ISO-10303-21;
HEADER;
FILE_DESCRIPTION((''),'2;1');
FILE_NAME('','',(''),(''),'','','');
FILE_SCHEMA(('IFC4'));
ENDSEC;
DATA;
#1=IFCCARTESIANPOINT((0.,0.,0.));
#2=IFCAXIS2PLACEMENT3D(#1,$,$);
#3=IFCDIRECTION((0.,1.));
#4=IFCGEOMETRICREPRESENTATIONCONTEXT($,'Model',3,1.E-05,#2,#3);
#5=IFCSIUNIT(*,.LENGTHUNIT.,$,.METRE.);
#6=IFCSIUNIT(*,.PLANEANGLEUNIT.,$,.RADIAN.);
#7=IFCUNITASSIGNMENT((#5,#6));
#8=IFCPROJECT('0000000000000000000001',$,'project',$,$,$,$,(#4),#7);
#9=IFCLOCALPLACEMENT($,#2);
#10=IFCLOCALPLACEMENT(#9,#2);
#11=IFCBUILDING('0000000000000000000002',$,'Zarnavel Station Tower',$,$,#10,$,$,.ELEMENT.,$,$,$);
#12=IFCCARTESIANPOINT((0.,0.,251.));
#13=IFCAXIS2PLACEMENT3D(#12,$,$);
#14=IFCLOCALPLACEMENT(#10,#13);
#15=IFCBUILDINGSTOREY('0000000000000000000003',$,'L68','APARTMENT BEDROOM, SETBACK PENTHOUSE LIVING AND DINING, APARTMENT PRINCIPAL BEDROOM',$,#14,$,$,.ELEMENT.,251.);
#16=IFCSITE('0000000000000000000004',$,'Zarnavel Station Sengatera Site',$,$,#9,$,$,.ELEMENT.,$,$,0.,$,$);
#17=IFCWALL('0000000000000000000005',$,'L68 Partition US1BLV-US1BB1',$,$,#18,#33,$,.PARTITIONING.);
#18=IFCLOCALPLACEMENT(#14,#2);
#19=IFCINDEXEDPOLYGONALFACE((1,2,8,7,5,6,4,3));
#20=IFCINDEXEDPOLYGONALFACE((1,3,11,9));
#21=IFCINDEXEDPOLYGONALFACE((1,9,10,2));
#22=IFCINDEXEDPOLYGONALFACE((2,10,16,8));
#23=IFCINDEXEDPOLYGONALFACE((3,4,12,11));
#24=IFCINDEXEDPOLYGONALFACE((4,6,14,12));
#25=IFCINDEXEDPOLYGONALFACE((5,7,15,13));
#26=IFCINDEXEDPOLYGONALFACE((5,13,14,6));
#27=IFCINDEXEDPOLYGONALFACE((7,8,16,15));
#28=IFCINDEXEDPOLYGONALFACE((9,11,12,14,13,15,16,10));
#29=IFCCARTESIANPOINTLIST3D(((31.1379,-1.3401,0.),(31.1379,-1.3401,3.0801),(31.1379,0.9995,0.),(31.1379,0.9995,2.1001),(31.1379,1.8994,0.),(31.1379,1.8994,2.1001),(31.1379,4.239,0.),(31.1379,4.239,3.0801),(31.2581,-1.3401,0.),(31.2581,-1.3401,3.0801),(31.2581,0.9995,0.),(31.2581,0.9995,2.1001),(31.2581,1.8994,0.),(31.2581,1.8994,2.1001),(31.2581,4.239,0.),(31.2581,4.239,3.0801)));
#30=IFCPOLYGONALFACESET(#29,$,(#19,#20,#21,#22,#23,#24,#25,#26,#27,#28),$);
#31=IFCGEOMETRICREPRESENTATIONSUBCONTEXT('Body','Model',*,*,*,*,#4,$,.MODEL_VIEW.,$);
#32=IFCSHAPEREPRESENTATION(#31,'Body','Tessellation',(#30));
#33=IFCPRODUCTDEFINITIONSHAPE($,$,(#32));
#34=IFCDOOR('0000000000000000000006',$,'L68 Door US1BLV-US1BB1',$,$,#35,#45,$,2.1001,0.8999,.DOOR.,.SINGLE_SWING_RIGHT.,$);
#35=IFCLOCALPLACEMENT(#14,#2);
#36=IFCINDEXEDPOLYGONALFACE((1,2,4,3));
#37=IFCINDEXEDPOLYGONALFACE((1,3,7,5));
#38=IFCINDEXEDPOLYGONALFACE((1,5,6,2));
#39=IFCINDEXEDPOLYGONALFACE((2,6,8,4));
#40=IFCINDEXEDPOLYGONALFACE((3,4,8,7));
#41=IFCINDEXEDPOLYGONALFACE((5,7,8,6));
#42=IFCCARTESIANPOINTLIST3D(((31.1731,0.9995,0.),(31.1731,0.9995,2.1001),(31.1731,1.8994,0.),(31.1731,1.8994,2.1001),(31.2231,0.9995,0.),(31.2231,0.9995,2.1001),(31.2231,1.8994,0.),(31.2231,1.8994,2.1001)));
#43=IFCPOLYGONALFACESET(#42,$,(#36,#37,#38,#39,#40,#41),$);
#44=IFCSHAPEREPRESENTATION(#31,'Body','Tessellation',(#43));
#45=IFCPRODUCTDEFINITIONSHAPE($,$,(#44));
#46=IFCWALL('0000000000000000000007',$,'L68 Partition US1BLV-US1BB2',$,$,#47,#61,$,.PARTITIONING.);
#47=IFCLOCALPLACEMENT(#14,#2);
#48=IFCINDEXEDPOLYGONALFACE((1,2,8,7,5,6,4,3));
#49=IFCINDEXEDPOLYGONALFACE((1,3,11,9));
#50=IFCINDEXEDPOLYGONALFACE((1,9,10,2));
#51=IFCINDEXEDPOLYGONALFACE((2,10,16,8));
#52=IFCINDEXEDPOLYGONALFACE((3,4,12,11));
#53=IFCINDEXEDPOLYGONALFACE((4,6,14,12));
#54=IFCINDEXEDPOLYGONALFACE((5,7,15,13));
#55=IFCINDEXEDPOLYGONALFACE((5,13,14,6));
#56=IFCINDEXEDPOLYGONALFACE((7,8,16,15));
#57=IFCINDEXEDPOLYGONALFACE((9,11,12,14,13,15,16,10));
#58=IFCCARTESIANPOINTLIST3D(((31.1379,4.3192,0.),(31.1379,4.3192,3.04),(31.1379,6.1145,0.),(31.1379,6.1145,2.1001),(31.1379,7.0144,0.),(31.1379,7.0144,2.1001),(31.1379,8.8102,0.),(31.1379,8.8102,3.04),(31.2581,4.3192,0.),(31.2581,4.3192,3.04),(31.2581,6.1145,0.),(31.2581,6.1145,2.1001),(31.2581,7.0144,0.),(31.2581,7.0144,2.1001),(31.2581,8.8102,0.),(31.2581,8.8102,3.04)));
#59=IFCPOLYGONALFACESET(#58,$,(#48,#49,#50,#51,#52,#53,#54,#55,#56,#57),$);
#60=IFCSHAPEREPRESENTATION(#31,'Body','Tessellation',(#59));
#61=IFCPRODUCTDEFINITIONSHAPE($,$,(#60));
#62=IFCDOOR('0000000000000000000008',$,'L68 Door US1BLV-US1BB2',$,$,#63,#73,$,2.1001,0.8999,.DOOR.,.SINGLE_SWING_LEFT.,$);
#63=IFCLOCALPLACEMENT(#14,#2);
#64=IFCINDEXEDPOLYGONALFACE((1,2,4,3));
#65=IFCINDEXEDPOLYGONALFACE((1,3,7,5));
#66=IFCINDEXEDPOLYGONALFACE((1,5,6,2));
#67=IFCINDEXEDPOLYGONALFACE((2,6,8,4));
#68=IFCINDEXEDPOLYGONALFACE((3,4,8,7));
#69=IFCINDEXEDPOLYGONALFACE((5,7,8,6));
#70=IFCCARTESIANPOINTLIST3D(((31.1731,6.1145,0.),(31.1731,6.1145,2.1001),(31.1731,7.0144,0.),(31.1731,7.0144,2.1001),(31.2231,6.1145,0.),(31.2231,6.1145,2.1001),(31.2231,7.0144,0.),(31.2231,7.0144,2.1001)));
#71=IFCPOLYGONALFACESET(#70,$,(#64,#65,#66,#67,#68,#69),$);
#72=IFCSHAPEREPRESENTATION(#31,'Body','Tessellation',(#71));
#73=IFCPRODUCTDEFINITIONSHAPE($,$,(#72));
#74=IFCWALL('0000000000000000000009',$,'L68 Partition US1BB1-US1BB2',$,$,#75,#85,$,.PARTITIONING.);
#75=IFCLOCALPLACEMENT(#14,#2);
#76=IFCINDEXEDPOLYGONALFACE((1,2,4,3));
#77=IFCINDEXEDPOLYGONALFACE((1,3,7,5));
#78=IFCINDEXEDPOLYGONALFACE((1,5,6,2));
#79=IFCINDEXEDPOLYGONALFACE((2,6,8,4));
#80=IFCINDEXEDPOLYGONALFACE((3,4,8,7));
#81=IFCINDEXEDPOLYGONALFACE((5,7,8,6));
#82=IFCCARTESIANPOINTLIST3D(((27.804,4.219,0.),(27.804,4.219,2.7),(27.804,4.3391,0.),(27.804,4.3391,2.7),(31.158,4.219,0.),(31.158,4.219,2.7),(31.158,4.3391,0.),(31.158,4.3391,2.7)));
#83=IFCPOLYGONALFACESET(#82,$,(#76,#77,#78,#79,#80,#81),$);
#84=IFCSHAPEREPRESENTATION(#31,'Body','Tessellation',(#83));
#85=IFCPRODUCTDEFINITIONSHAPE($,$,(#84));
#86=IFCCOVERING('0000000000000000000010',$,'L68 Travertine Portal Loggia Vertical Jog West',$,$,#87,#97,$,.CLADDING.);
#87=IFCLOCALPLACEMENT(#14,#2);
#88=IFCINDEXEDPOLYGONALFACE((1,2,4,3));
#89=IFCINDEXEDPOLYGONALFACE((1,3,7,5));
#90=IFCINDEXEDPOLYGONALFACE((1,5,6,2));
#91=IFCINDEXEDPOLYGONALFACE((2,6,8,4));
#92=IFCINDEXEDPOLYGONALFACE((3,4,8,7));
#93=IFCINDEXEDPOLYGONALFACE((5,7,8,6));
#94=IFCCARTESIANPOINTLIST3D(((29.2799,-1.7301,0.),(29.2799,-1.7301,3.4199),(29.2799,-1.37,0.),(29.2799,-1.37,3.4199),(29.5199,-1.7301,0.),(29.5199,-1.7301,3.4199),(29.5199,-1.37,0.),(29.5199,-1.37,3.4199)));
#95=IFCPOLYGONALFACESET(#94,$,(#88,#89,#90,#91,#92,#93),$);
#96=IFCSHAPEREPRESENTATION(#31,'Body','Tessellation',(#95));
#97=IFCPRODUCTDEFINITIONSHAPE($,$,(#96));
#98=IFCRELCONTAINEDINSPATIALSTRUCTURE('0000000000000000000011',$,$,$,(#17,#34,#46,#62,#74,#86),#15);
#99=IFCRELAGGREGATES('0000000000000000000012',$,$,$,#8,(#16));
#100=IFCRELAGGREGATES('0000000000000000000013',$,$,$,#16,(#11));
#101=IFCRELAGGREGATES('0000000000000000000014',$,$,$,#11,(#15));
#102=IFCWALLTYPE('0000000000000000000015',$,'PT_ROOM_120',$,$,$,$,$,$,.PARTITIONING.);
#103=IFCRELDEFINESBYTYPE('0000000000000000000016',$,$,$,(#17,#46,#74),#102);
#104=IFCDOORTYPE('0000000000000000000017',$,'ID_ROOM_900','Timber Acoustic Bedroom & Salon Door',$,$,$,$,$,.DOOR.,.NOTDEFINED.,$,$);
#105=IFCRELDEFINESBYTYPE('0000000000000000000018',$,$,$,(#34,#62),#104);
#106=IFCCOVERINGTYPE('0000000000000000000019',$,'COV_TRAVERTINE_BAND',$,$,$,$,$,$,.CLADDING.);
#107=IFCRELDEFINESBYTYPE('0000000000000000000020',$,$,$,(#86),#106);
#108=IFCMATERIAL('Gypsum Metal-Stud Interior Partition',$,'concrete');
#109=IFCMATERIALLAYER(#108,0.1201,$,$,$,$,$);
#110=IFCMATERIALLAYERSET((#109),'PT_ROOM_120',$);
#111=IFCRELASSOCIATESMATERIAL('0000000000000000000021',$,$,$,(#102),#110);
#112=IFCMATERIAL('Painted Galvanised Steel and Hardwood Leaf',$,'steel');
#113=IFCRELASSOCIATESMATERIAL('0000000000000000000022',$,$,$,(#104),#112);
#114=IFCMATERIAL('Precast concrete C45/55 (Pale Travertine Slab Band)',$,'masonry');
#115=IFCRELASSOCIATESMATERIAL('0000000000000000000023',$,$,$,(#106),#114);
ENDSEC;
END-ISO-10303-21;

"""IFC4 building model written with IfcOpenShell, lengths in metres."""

from ifc_helpers import new_model, si_unit, direction, frame, frame_2d, origin, origin_2d, place, context, subcontext, project, spatial, rectangle, extrude, material, layer, layer_set, type_object, element, fill, save


model = new_model("IFC4")

# Units and contexts
model_context = context("Model", 3, precision=1e-05, world=origin(), true_north=direction((0.0, 1.0)))
body_context = subcontext(model_context, "Body", "Model", "MODEL_VIEW")
ifc_project = project(units=[si_unit("LENGTHUNIT", "METRE"), si_unit("PLANEANGLEUNIT", "RADIAN")], contexts=[model_context])

# Site, building, storey
site_placement = place(None, origin())
site = spatial("IfcSite", under=ifc_project, at=site_placement, Name="Zarnavel Station Sengatera Site", CompositionType="ELEMENT", RefElevation=0.0)
building_placement = place(site_placement, origin())
building = spatial("IfcBuilding", under=site, at=building_placement, Name="Zarnavel Station Tower", CompositionType="ELEMENT")
storey_placement = place(building_placement, frame((0.0, 0.0, 251.0)))
storey = spatial("IfcBuildingStorey", under=building, at=storey_placement, Name="L68", Description="APARTMENT BEDROOM, SETBACK PENTHOUSE LIVING AND DINING, APARTMENT PRINCIPAL BEDROOM", CompositionType="ELEMENT", Elevation=251.0)

# Walls, openings, doors
ifc_material_1 = material(Name="Gypsum Metal-Stud Interior Partition", Category="concrete")
ifc_layer_1 = layer(ifc_material_1, 0.1201)
ifc_layer_set_1 = layer_set([ifc_layer_1], Name="PT_ROOM_120")
wall_type_1 = type_object("IfcWallType", Name="PT_ROOM_120", PredefinedType="PARTITIONING", material=ifc_layer_set_1)
wall_1_placement = place(storey_placement, frame((31.198, -1.3401, 0.0), z_axis=(0.0, 0.0, 1.0), x_axis=(0.0, 1.0, 0.0)))
wall_1 = element("IfcWall", 1, at=wall_1_placement, inside=storey, type_object=wall_type_1, Name="L68 Partition US1BLV-US1BB1", PredefinedType="PARTITIONING", context=body_context, shape_type="SweptSolid", body=[
    extrude(rectangle(XDim=5.5791, YDim=0.1201, at=frame_2d((2.7896, 0.0))), origin(), (0.0, 0.0, 1.0), 3.0801),
])
opening_1_placement = place(wall_1_placement, frame((2.3396, 0.0, 0.0)))
opening_1 = element("IfcOpeningElement", 2, at=opening_1_placement, cuts=wall_1, PredefinedType="OPENING", context=body_context, shape_type="SweptSolid", body=[
    extrude(rectangle(XDim=0.8999, YDim=2.1001, at=frame_2d((0.45, 1.05))), frame((0.0, 0.0701, 0.0), z_axis=(0.0, -1.0, 0.0), x_axis=(1.0, 0.0, 0.0)), (0.0, 0.0, 1.0), 0.1401),
])
ifc_material_2 = material(Name="Painted Galvanised Steel and Hardwood Leaf", Category="steel")
door_type_1 = type_object("IfcDoorType", Name="ID_ROOM_900", Description="Timber Acoustic Bedroom & Salon Door", OperationType="NOTDEFINED", PredefinedType="DOOR", material=ifc_material_2)
door_1_placement = place(opening_1_placement, origin())
door_1 = element("IfcDoor", 3, at=door_1_placement, inside=storey, type_object=door_type_1, Name="L68 Door US1BLV-US1BB1", OperationType="SINGLE_SWING_RIGHT", OverallHeight=2.1001, OverallWidth=0.8999, PredefinedType="DOOR", context=body_context, shape_type="SweptSolid", body=[
    extrude(rectangle(XDim=0.8999, YDim=2.1001, at=frame_2d((0.45, 1.05))), frame((0.0, 0.0249, 0.0), z_axis=(0.0, -1.0, 0.0), x_axis=(1.0, 0.0, 0.0)), (0.0, 0.0, 1.0), 0.05),
])
fill(opening_1, door_1)
wall_2_placement = place(storey_placement, frame((31.198, 4.3191, 0.0), z_axis=(0.0, 0.0, 1.0), x_axis=(0.0, 1.0, 0.0)))
wall_2 = element("IfcWall", 4, at=wall_2_placement, inside=storey, type_object=wall_type_1, Name="L68 Partition US1BLV-US1BB2", PredefinedType="PARTITIONING", context=body_context, shape_type="SweptSolid", body=[
    extrude(rectangle(XDim=4.491, YDim=0.1201, at=frame_2d((2.2456, 0.0))), origin(), (0.0, 0.0, 1.0), 3.04),
])
opening_2_placement = place(wall_2_placement, frame((1.7954, 0.0, 0.0)))
opening_2 = element("IfcOpeningElement", 5, at=opening_2_placement, cuts=wall_2, PredefinedType="OPENING", context=body_context, shape_type="SweptSolid", body=[
    extrude(rectangle(XDim=0.8999, YDim=2.1001, at=frame_2d((0.45, 1.05))), frame((0.0, 0.0701, 0.0), z_axis=(0.0, -1.0, 0.0), x_axis=(1.0, 0.0, 0.0)), (0.0, 0.0, 1.0), 0.1401),
])
door_2_placement = place(opening_2_placement, origin())
door_2 = element("IfcDoor", 6, at=door_2_placement, inside=storey, type_object=door_type_1, Name="L68 Door US1BLV-US1BB2", OperationType="SINGLE_SWING_LEFT", OverallHeight=2.1001, OverallWidth=0.8999, PredefinedType="DOOR", context=body_context, shape_type="SweptSolid", body=[
    extrude(rectangle(XDim=0.8999, YDim=2.1001, at=frame_2d((0.45, 1.05))), frame((0.0, 0.0249, 0.0), z_axis=(0.0, -1.0, 0.0), x_axis=(1.0, 0.0, 0.0)), (0.0, 0.0, 1.0), 0.05),
])
fill(opening_2, door_2)

# Wall
wall_3_placement = place(storey_placement, frame((27.804, 4.2791, 0.0), z_axis=(0.0, 0.0, 1.0), x_axis=(1.0, 0.0, 0.0)))
element("IfcWall", 7, at=wall_3_placement, inside=storey, type_object=wall_type_1, Name="L68 Partition US1BB1-US1BB2", PredefinedType="PARTITIONING", context=body_context, shape_type="SweptSolid", body=[
    extrude(rectangle(XDim=3.354, YDim=0.1201, at=frame_2d((1.677, 0.0))), origin(), (0.0, 0.0, 1.0), 2.7),
])

# Covering
ifc_material_3 = material(Name="Precast concrete C45/55 (Pale Travertine Slab Band)", Category="masonry")
covering_type = type_object("IfcCoveringType", Name="COV_TRAVERTINE_BAND", PredefinedType="CLADDING", material=ifc_material_3)
covering_placement = place(storey_placement, frame((29.3999, -1.55, 0.0), z_axis=(0.0, 0.0, 1.0), x_axis=(1.0, 0.0, 0.0)))
element("IfcCovering", 8, at=covering_placement, inside=storey, type_object=covering_type, Name="L68 Travertine Portal Loggia Vertical Jog West", PredefinedType="CLADDING", context=body_context, shape_type="SweptSolid", body=[
    extrude(rectangle(XDim=0.24, YDim=0.3601, at=origin_2d()), origin(), (0.0, 0.0, 1.0), 3.4199),
])

save(model, "model.ifc")
